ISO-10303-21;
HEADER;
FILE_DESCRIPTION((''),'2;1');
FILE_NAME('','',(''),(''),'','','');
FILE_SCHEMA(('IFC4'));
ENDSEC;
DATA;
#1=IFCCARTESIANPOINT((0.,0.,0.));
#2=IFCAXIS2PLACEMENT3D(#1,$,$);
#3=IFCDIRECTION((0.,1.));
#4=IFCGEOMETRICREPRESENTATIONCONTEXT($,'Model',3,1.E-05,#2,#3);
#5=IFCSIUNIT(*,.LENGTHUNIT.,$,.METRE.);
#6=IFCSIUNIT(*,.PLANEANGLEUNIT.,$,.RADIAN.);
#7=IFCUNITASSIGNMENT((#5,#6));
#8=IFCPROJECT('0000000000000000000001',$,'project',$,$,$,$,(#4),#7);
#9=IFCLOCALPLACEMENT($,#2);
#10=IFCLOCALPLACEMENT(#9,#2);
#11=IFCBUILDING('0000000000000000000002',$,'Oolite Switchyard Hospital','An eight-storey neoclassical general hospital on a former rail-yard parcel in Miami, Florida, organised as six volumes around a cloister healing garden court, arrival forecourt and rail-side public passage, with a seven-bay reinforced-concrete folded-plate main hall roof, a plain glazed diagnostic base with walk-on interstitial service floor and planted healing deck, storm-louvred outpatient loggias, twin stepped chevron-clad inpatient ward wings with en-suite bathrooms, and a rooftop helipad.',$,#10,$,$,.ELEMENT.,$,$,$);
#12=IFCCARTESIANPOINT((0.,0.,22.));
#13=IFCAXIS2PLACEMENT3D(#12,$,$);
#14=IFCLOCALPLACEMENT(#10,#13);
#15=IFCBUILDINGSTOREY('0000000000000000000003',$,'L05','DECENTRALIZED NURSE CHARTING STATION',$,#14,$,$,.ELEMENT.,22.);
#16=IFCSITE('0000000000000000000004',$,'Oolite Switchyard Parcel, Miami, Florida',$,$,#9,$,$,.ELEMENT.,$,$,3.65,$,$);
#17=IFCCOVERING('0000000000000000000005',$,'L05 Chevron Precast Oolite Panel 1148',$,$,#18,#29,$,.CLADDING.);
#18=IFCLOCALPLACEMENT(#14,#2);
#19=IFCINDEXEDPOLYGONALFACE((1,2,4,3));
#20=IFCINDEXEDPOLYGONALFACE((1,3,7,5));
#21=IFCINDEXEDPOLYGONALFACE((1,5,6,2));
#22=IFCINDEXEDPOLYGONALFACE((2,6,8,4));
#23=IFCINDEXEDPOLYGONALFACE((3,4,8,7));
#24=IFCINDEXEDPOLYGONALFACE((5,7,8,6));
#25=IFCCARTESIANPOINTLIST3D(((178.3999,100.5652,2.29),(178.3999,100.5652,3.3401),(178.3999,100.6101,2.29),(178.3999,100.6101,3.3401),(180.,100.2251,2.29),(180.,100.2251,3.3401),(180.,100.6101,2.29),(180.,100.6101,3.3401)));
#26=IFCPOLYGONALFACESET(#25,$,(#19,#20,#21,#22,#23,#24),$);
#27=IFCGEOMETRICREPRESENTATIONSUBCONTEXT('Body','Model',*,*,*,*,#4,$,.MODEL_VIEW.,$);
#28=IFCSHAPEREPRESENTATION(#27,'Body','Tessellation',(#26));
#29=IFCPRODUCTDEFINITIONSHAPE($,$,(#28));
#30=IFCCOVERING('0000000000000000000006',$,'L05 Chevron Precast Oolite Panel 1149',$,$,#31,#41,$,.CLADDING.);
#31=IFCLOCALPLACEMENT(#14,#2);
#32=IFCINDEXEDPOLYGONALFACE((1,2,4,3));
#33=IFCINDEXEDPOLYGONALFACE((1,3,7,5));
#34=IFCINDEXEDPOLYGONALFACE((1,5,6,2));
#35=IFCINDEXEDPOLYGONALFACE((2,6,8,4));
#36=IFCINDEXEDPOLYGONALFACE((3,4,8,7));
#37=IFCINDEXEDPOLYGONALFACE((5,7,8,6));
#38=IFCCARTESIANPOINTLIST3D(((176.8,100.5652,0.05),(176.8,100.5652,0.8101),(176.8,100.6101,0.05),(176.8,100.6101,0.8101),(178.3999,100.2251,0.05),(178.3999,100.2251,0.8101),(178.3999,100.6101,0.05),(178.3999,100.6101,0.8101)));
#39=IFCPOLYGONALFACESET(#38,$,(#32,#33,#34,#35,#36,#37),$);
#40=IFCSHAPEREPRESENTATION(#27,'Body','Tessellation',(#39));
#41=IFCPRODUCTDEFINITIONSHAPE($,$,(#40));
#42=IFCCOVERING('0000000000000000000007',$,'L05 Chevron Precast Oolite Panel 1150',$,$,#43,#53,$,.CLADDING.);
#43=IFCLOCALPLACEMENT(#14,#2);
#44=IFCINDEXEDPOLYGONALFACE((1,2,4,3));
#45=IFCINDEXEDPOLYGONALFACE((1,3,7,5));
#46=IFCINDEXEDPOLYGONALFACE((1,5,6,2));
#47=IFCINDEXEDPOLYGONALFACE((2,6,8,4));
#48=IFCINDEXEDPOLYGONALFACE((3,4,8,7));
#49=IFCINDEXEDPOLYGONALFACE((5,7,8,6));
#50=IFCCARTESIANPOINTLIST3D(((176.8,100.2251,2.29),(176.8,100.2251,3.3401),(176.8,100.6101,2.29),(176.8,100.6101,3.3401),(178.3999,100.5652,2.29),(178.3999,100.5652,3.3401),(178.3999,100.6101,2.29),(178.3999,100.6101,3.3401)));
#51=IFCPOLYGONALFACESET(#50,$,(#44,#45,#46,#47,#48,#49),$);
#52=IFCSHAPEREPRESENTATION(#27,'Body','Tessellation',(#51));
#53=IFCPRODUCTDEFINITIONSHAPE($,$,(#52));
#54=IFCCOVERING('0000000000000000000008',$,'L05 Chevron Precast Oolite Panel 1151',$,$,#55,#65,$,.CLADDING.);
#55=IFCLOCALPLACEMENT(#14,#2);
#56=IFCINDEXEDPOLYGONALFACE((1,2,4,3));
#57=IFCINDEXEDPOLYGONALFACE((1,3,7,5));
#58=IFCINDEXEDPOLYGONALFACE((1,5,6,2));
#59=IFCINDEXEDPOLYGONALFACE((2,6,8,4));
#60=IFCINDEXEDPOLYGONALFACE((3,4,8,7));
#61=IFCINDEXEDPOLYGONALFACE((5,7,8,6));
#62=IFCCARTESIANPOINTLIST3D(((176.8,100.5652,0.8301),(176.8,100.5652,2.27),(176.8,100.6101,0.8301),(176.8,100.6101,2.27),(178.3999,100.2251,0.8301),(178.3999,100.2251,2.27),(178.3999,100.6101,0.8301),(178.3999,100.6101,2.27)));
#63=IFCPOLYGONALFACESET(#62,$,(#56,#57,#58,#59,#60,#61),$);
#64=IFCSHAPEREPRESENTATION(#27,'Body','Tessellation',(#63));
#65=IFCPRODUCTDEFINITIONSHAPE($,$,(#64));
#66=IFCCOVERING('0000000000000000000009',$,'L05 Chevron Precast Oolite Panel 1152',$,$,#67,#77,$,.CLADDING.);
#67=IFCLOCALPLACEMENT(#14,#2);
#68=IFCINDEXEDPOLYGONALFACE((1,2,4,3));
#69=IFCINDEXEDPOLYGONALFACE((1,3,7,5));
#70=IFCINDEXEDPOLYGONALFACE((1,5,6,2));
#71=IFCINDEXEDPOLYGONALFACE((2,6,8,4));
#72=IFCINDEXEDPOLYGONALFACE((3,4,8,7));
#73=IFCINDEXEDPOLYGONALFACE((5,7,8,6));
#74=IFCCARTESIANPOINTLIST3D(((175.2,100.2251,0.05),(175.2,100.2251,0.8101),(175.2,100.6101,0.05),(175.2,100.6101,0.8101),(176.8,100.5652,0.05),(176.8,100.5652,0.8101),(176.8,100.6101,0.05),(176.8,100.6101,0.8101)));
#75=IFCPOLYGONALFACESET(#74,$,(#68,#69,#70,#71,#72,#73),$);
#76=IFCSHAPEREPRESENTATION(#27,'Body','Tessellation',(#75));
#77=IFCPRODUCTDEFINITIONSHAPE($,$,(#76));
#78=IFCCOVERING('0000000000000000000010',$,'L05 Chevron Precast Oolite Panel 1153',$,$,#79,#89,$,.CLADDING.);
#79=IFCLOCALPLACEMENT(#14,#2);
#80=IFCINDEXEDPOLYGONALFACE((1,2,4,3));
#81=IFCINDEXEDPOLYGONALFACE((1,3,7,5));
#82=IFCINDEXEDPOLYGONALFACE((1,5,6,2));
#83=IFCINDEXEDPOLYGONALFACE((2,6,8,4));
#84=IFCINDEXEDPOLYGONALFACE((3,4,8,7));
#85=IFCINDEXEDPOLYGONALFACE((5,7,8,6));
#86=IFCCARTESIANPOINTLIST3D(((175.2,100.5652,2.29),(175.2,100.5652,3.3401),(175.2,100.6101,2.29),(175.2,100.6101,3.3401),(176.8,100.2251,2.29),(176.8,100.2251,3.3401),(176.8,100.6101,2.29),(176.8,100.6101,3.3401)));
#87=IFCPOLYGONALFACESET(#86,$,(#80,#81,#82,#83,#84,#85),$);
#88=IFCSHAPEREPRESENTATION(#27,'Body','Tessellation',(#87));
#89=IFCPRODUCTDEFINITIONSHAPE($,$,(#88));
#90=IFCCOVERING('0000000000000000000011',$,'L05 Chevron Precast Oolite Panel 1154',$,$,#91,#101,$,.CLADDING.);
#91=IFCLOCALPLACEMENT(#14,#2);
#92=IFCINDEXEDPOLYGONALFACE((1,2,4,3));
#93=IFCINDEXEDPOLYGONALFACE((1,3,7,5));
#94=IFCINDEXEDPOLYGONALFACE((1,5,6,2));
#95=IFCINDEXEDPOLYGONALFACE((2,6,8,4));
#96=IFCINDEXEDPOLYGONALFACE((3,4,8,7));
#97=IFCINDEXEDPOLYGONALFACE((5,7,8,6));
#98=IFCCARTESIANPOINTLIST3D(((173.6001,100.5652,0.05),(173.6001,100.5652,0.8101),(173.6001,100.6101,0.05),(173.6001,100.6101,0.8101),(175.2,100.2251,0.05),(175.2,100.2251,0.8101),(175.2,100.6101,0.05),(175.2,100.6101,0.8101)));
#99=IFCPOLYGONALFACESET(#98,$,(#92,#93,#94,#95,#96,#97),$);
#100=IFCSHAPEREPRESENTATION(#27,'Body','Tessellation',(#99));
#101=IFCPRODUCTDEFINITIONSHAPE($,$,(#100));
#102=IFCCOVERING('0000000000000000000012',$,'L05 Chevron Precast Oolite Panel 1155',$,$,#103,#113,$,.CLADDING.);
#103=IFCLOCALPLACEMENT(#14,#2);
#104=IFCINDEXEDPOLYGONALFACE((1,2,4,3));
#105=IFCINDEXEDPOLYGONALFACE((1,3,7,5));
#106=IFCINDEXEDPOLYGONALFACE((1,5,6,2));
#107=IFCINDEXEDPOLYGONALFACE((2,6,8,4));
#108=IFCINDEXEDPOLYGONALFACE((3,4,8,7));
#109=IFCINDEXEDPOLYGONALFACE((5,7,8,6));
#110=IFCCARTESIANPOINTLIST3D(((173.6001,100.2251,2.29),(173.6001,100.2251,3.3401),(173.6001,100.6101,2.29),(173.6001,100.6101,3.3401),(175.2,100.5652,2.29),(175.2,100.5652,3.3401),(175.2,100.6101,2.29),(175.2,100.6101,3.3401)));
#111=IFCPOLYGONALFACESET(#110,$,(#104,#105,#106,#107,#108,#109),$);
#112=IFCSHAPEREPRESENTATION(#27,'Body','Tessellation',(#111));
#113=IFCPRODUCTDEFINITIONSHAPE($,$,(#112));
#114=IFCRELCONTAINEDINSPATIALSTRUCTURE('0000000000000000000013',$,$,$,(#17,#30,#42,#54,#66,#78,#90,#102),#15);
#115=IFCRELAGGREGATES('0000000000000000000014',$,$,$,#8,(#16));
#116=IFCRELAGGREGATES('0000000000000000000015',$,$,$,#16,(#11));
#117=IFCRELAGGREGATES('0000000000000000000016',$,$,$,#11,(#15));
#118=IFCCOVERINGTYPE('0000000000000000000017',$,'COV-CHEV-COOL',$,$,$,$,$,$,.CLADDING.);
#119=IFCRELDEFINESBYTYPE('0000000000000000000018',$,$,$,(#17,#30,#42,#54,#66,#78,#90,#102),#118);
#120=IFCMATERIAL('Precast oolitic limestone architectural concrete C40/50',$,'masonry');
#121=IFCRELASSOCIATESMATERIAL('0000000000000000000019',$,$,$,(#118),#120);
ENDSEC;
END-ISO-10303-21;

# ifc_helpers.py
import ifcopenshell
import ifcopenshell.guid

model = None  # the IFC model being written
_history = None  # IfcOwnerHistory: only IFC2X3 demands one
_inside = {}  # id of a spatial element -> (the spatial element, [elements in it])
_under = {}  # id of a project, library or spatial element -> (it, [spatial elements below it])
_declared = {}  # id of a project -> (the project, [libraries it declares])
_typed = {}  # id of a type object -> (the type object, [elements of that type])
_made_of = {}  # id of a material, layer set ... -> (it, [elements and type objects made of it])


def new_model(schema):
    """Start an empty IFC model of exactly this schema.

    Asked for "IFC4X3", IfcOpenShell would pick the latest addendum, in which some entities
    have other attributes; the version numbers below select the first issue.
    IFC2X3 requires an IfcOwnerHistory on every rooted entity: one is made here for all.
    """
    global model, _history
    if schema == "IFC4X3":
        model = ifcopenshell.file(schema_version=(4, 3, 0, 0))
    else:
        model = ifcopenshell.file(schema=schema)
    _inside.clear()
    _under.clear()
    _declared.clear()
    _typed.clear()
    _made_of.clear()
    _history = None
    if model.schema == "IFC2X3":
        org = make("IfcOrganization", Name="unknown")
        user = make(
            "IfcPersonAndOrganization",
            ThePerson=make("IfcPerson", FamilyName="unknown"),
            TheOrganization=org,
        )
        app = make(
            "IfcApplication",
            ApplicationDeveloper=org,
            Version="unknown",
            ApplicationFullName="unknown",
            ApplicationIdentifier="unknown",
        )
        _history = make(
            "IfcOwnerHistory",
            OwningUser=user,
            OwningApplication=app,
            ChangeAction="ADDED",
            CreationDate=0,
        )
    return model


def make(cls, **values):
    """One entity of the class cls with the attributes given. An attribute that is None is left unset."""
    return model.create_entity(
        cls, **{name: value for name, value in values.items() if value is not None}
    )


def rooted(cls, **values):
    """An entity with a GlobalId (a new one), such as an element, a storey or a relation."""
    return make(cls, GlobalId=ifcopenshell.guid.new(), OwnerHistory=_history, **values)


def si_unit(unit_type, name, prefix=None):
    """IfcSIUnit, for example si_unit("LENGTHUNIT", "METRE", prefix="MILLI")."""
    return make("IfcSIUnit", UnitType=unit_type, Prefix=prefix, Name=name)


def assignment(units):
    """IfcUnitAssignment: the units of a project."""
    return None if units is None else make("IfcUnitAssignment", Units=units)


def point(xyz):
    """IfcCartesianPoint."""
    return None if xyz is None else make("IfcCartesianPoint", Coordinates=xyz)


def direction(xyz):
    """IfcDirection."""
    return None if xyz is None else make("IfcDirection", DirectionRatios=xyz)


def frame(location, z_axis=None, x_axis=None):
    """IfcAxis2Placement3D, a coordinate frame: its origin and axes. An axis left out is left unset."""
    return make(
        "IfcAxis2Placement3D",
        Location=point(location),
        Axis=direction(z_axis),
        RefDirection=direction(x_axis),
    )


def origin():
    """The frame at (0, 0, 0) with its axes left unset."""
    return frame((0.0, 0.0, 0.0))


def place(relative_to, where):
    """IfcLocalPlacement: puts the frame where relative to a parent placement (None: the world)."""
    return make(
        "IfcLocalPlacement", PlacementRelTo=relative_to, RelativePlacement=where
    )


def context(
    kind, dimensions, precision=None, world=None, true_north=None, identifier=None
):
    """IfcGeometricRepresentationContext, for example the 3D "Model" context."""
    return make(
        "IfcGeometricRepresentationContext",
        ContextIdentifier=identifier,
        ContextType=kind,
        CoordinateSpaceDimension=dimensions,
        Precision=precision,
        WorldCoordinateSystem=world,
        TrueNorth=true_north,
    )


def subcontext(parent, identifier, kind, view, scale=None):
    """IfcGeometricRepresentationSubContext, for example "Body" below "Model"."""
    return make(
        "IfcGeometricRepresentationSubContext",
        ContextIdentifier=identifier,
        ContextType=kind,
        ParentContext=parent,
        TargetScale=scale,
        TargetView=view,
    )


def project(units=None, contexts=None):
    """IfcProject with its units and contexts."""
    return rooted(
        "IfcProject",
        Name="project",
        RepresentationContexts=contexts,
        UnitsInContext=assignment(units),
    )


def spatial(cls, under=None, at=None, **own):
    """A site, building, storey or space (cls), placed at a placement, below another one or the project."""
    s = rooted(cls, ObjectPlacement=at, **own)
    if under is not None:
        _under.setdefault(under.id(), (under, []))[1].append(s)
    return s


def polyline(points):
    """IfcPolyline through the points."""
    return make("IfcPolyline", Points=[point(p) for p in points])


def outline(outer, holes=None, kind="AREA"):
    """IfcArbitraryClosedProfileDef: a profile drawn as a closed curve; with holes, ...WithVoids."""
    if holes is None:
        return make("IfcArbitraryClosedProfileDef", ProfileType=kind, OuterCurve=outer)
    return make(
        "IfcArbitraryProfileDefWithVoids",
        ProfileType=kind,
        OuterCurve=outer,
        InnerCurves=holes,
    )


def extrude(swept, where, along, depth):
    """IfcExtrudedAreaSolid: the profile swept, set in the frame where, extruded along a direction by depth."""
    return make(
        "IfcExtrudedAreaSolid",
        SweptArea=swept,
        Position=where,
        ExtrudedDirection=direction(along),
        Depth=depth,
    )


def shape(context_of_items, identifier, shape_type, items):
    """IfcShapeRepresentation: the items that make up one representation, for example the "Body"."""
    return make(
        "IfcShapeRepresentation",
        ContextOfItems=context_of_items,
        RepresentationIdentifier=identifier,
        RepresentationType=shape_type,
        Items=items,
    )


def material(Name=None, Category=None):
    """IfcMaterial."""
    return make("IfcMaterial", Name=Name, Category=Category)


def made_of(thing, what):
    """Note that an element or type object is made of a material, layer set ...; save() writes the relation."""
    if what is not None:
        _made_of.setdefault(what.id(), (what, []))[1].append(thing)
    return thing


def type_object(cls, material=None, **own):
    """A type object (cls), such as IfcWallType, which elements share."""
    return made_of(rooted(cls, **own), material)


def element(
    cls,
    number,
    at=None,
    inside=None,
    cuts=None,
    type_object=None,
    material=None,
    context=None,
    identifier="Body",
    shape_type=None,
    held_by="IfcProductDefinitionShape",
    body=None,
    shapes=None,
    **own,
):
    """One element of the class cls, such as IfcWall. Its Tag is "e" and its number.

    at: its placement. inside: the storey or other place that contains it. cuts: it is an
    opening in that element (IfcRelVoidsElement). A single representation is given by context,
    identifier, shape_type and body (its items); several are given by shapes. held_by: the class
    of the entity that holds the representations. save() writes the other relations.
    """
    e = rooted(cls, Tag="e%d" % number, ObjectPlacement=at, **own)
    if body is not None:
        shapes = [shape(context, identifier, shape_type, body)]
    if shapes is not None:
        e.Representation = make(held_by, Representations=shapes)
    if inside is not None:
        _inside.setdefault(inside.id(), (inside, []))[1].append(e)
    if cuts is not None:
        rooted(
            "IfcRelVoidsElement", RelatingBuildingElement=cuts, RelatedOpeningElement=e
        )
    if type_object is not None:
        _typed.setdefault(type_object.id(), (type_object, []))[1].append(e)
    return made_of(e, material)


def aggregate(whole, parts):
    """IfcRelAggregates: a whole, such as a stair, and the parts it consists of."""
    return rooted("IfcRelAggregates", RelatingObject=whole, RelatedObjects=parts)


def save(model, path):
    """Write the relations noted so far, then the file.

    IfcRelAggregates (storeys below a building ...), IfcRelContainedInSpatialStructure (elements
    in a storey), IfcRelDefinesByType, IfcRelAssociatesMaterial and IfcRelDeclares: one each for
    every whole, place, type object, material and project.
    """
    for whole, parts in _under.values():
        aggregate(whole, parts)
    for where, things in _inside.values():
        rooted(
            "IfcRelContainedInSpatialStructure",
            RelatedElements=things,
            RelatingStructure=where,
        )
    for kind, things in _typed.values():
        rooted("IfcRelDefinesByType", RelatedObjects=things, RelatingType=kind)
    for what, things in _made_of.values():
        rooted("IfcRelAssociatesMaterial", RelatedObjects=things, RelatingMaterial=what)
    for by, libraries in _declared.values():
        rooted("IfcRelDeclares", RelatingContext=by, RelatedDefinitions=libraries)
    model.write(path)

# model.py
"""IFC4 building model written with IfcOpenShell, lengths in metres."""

from ifc_helpers import new_model, si_unit, direction, frame, origin, place, context, subcontext, project, spatial, polyline, outline, extrude, material, type_object, element, save


model = new_model("IFC4")

# Units and contexts
model_context = context("Model", 3, precision=1e-05, world=origin(), true_north=direction((0.0, 1.0)))
body_context = subcontext(model_context, "Body", "Model", "MODEL_VIEW")
ifc_project = project(units=[si_unit("LENGTHUNIT", "METRE"), si_unit("PLANEANGLEUNIT", "RADIAN")], contexts=[model_context])

# Site, building, storey
site_placement = place(None, origin())
site = spatial("IfcSite", under=ifc_project, at=site_placement, Name="Oolite Switchyard Parcel, Miami, Florida", CompositionType="ELEMENT", RefElevation=3.65)
building_placement = place(site_placement, origin())
building = spatial("IfcBuilding", under=site, at=building_placement, Name="Oolite Switchyard Hospital", Description="An eight-storey neoclassical general hospital on a former rail-yard parcel in Miami, Florida, organised as six volumes around a cloister healing garden court, arrival forecourt and rail-side public passage, with a seven-bay reinforced-concrete folded-plate main hall roof, a plain glazed diagnostic base with walk-on interstitial service floor and planted healing deck, storm-louvred outpatient loggias, twin stepped chevron-clad inpatient ward wings with en-suite bathrooms, and a rooftop helipad.", CompositionType="ELEMENT")
storey_placement = place(building_placement, frame((0.0, 0.0, 22.0)))
storey = spatial("IfcBuildingStorey", under=building, at=storey_placement, Name="L05", Description="DECENTRALIZED NURSE CHARTING STATION", CompositionType="ELEMENT", Elevation=22.0)

# Coverings
ifc_material_1 = material(Name="Precast oolitic limestone architectural concrete C40/50", Category="masonry")
covering_type = type_object("IfcCoveringType", Name="COV-CHEV-COOL", PredefinedType="CLADDING", material=ifc_material_1)
covering_1_placement = place(storey_placement, frame((180.0, 100.6101, 2.29), z_axis=(0.0, 0.0, 1.0), x_axis=(-1.0, 0.0, 0.0)))
element("IfcCovering", 1, at=covering_1_placement, inside=storey, type_object=covering_type, Name="L05 Chevron Precast Oolite Panel 1148", PredefinedType="CLADDING", context=body_context, shape_type="SweptSolid", body=[
    extrude(outline(polyline([(0.0, 0.0), (1.6001, 0.0), (1.6001, 0.0449), (0.0, 0.385), (0.0, 0.0)])), origin(), (0.0, 0.0, 1.0), 1.05),
])
covering_2_placement = place(storey_placement, frame((178.3999, 100.6101, 0.05), z_axis=(0.0, 0.0, 1.0), x_axis=(-1.0, 0.0, 0.0)))
element("IfcCovering", 2, at=covering_2_placement, inside=storey, type_object=covering_type, Name="L05 Chevron Precast Oolite Panel 1149", PredefinedType="CLADDING", context=body_context, shape_type="SweptSolid", body=[
    extrude(outline(polyline([(0.0, 0.0), (1.5999, 0.0), (1.5999, 0.0449), (0.0, 0.385), (0.0, 0.0)])), origin(), (0.0, 0.0, 1.0), 0.76),
])
covering_3_placement = place(storey_placement, frame((178.3999, 100.6101, 2.29), z_axis=(0.0, 0.0, 1.0), x_axis=(-1.0, 0.0, 0.0)))
element("IfcCovering", 3, at=covering_3_placement, inside=storey, type_object=covering_type, Name="L05 Chevron Precast Oolite Panel 1150", PredefinedType="CLADDING", context=body_context, shape_type="SweptSolid", body=[
    extrude(outline(polyline([(0.0, 0.0), (1.5999, 0.0), (1.5999, 0.385), (0.0, 0.0449), (0.0, 0.0)])), origin(), (0.0, 0.0, 1.0), 1.05),
])
covering_4_placement = place(storey_placement, frame((178.3999, 100.6101, 0.8301), z_axis=(0.0, 0.0, 1.0), x_axis=(-1.0, 0.0, 0.0)))
element("IfcCovering", 4, at=covering_4_placement, inside=storey, type_object=covering_type, Name="L05 Chevron Precast Oolite Panel 1151", PredefinedType="CLADDING", context=body_context, shape_type="SweptSolid", body=[
    extrude(outline(polyline([(0.0, 0.0), (1.5999, 0.0), (1.5999, 0.0449), (0.0, 0.385), (0.0, 0.0)])), origin(), (0.0, 0.0, 1.0), 1.4399),
])
covering_5_placement = place(storey_placement, frame((176.8, 100.6101, 0.05), z_axis=(0.0, 0.0, 1.0), x_axis=(-1.0, 0.0, 0.0)))
element("IfcCovering", 5, at=covering_5_placement, inside=storey, type_object=covering_type, Name="L05 Chevron Precast Oolite Panel 1152", PredefinedType="CLADDING", context=body_context, shape_type="SweptSolid", body=[
    extrude(outline(polyline([(0.0, 0.0), (1.6001, 0.0), (1.6001, 0.385), (0.0, 0.0449), (0.0, 0.0)])), origin(), (0.0, 0.0, 1.0), 0.76),
])
covering_6_placement = place(storey_placement, frame((176.8, 100.6101, 2.29), z_axis=(0.0, 0.0, 1.0), x_axis=(-1.0, 0.0, 0.0)))
element("IfcCovering", 6, at=covering_6_placement, inside=storey, type_object=covering_type, Name="L05 Chevron Precast Oolite Panel 1153", PredefinedType="CLADDING", context=body_context, shape_type="SweptSolid", body=[
    extrude(outline(polyline([(0.0, 0.0), (1.6001, 0.0), (1.6001, 0.0449), (0.0, 0.385), (0.0, 0.0)])), origin(), (0.0, 0.0, 1.0), 1.05),
])
covering_7_placement = place(storey_placement, frame((175.2, 100.6101, 0.05), z_axis=(0.0, 0.0, 1.0), x_axis=(-1.0, 0.0, 0.0)))
element("IfcCovering", 7, at=covering_7_placement, inside=storey, type_object=covering_type, Name="L05 Chevron Precast Oolite Panel 1154", PredefinedType="CLADDING", context=body_context, shape_type="SweptSolid", body=[
    extrude(outline(polyline([(0.0, 0.0), (1.5999, 0.0), (1.5999, 0.0449), (0.0, 0.385), (0.0, 0.0)])), origin(), (0.0, 0.0, 1.0), 0.76),
])
covering_8_placement = place(storey_placement, frame((175.2, 100.6101, 2.29), z_axis=(0.0, 0.0, 1.0), x_axis=(-1.0, 0.0, 0.0)))
element("IfcCovering", 8, at=covering_8_placement, inside=storey, type_object=covering_type, Name="L05 Chevron Precast Oolite Panel 1155", PredefinedType="CLADDING", context=body_context, shape_type="SweptSolid", body=[
    extrude(outline(polyline([(0.0, 0.0), (1.5999, 0.0), (1.5999, 0.385), (0.0, 0.0449), (0.0, 0.0)])), origin(), (0.0, 0.0, 1.0), 1.05),
])

save(model, "model.ifc")
